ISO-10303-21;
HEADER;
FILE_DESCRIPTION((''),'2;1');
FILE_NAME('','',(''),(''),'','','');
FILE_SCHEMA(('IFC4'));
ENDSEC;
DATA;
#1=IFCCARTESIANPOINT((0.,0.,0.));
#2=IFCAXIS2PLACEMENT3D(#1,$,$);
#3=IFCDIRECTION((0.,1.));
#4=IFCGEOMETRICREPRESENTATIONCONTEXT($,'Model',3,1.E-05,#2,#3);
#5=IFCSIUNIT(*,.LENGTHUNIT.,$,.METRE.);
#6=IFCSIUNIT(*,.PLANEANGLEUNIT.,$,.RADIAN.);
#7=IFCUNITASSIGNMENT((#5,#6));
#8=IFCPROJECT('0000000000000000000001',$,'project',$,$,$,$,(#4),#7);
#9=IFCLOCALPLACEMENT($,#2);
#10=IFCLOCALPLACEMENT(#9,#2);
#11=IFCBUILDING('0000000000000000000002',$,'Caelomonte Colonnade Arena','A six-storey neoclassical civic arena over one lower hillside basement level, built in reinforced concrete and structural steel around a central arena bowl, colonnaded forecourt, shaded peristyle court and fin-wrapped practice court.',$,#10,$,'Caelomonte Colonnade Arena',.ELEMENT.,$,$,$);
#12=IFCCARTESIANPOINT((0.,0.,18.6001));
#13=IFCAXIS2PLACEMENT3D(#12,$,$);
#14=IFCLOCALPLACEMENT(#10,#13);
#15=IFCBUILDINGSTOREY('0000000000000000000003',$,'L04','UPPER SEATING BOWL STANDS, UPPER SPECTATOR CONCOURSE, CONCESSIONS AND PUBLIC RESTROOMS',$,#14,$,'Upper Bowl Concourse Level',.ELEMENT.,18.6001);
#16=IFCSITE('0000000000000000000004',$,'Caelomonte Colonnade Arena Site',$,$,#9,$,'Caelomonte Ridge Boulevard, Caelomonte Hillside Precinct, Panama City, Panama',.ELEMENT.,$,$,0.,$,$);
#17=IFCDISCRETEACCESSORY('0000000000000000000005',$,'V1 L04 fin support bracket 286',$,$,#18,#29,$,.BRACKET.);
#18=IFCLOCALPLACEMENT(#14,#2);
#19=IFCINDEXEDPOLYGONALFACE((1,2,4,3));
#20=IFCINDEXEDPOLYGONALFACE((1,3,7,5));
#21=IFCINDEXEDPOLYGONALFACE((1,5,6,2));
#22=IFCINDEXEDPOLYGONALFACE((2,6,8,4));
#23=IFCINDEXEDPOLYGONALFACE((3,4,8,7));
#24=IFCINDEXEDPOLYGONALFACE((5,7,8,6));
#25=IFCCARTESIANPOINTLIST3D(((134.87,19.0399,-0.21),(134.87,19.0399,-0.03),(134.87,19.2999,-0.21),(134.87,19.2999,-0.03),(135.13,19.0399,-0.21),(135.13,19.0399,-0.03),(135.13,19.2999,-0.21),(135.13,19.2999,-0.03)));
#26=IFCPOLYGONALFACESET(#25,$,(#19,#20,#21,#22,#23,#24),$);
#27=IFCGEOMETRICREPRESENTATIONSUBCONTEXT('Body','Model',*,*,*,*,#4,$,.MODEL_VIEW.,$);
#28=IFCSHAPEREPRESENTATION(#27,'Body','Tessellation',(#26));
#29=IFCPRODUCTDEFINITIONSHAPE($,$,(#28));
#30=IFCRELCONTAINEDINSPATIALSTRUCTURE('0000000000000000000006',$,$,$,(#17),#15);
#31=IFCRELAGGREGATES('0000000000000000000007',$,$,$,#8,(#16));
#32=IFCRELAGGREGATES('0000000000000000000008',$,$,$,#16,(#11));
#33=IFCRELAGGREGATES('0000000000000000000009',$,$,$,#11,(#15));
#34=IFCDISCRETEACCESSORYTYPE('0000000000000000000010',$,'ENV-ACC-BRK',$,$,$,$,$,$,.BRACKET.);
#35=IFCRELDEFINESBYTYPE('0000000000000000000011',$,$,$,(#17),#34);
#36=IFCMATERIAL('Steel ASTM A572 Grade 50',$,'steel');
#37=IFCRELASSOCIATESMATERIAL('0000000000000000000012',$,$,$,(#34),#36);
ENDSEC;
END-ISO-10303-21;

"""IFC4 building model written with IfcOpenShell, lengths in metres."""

from ifc_helpers import new_model, si_unit, direction, frame, origin, origin_2d, place, context, subcontext, project, spatial, rectangle, extrude, material, type_object, element, save


model = new_model("IFC4")

# Units and contexts
model_context = context("Model", 3, precision=1e-05, world=origin(), true_north=direction((0.0, 1.0)))
body_context = subcontext(model_context, "Body", "Model", "MODEL_VIEW")
ifc_project = project(units=[si_unit("LENGTHUNIT", "METRE"), si_unit("PLANEANGLEUNIT", "RADIAN")], contexts=[model_context])

# Site, building, storey
site_placement = place(None, origin())
site = spatial("IfcSite", under=ifc_project, at=site_placement, Name="Caelomonte Colonnade Arena Site", LongName="Caelomonte Ridge Boulevard, Caelomonte Hillside Precinct, Panama City, Panama", CompositionType="ELEMENT", RefElevation=0.0)
building_placement = place(site_placement, origin())
building = spatial("IfcBuilding", under=site, at=building_placement, Name="Caelomonte Colonnade Arena", Description="A six-storey neoclassical civic arena over one lower hillside basement level, built in reinforced concrete and structural steel around a central arena bowl, colonnaded forecourt, shaded peristyle court and fin-wrapped practice court.", LongName="Caelomonte Colonnade Arena", CompositionType="ELEMENT")
storey_placement = place(building_placement, frame((0.0, 0.0, 18.6001)))
storey = spatial("IfcBuildingStorey", under=building, at=storey_placement, Name="L04", Description="UPPER SEATING BOWL STANDS, UPPER SPECTATOR CONCOURSE, CONCESSIONS AND PUBLIC RESTROOMS", LongName="Upper Bowl Concourse Level", CompositionType="ELEMENT", Elevation=18.6001)

# Discrete accessory
ifc_material_1 = material(Name="Steel ASTM A572 Grade 50", Category="steel")
discrete_accessory_type = type_object("IfcDiscreteAccessoryType", Name="ENV-ACC-BRK", PredefinedType="BRACKET", material=ifc_material_1)
for number, where, z_axis, x_axis, name in (
    (1, (135.0, 19.1699, -0.21), (0.0, 0.0, 1.0), (1.0, 0.0, 0.0), "V1 L04 fin support bracket 286"),
):
    element("IfcDiscreteAccessory", number, at=place(storey_placement, frame(where, z_axis=z_axis, x_axis=x_axis)), inside=storey, type_object=discrete_accessory_type, Name=name, PredefinedType="BRACKET", context=body_context, shape_type="SweptSolid", body=[
        extrude(rectangle(XDim=0.26, YDim=0.26, at=origin_2d()), origin(), (0.0, 0.0, 1.0), 0.1799),
    ])

save(model, "model.ifc")
